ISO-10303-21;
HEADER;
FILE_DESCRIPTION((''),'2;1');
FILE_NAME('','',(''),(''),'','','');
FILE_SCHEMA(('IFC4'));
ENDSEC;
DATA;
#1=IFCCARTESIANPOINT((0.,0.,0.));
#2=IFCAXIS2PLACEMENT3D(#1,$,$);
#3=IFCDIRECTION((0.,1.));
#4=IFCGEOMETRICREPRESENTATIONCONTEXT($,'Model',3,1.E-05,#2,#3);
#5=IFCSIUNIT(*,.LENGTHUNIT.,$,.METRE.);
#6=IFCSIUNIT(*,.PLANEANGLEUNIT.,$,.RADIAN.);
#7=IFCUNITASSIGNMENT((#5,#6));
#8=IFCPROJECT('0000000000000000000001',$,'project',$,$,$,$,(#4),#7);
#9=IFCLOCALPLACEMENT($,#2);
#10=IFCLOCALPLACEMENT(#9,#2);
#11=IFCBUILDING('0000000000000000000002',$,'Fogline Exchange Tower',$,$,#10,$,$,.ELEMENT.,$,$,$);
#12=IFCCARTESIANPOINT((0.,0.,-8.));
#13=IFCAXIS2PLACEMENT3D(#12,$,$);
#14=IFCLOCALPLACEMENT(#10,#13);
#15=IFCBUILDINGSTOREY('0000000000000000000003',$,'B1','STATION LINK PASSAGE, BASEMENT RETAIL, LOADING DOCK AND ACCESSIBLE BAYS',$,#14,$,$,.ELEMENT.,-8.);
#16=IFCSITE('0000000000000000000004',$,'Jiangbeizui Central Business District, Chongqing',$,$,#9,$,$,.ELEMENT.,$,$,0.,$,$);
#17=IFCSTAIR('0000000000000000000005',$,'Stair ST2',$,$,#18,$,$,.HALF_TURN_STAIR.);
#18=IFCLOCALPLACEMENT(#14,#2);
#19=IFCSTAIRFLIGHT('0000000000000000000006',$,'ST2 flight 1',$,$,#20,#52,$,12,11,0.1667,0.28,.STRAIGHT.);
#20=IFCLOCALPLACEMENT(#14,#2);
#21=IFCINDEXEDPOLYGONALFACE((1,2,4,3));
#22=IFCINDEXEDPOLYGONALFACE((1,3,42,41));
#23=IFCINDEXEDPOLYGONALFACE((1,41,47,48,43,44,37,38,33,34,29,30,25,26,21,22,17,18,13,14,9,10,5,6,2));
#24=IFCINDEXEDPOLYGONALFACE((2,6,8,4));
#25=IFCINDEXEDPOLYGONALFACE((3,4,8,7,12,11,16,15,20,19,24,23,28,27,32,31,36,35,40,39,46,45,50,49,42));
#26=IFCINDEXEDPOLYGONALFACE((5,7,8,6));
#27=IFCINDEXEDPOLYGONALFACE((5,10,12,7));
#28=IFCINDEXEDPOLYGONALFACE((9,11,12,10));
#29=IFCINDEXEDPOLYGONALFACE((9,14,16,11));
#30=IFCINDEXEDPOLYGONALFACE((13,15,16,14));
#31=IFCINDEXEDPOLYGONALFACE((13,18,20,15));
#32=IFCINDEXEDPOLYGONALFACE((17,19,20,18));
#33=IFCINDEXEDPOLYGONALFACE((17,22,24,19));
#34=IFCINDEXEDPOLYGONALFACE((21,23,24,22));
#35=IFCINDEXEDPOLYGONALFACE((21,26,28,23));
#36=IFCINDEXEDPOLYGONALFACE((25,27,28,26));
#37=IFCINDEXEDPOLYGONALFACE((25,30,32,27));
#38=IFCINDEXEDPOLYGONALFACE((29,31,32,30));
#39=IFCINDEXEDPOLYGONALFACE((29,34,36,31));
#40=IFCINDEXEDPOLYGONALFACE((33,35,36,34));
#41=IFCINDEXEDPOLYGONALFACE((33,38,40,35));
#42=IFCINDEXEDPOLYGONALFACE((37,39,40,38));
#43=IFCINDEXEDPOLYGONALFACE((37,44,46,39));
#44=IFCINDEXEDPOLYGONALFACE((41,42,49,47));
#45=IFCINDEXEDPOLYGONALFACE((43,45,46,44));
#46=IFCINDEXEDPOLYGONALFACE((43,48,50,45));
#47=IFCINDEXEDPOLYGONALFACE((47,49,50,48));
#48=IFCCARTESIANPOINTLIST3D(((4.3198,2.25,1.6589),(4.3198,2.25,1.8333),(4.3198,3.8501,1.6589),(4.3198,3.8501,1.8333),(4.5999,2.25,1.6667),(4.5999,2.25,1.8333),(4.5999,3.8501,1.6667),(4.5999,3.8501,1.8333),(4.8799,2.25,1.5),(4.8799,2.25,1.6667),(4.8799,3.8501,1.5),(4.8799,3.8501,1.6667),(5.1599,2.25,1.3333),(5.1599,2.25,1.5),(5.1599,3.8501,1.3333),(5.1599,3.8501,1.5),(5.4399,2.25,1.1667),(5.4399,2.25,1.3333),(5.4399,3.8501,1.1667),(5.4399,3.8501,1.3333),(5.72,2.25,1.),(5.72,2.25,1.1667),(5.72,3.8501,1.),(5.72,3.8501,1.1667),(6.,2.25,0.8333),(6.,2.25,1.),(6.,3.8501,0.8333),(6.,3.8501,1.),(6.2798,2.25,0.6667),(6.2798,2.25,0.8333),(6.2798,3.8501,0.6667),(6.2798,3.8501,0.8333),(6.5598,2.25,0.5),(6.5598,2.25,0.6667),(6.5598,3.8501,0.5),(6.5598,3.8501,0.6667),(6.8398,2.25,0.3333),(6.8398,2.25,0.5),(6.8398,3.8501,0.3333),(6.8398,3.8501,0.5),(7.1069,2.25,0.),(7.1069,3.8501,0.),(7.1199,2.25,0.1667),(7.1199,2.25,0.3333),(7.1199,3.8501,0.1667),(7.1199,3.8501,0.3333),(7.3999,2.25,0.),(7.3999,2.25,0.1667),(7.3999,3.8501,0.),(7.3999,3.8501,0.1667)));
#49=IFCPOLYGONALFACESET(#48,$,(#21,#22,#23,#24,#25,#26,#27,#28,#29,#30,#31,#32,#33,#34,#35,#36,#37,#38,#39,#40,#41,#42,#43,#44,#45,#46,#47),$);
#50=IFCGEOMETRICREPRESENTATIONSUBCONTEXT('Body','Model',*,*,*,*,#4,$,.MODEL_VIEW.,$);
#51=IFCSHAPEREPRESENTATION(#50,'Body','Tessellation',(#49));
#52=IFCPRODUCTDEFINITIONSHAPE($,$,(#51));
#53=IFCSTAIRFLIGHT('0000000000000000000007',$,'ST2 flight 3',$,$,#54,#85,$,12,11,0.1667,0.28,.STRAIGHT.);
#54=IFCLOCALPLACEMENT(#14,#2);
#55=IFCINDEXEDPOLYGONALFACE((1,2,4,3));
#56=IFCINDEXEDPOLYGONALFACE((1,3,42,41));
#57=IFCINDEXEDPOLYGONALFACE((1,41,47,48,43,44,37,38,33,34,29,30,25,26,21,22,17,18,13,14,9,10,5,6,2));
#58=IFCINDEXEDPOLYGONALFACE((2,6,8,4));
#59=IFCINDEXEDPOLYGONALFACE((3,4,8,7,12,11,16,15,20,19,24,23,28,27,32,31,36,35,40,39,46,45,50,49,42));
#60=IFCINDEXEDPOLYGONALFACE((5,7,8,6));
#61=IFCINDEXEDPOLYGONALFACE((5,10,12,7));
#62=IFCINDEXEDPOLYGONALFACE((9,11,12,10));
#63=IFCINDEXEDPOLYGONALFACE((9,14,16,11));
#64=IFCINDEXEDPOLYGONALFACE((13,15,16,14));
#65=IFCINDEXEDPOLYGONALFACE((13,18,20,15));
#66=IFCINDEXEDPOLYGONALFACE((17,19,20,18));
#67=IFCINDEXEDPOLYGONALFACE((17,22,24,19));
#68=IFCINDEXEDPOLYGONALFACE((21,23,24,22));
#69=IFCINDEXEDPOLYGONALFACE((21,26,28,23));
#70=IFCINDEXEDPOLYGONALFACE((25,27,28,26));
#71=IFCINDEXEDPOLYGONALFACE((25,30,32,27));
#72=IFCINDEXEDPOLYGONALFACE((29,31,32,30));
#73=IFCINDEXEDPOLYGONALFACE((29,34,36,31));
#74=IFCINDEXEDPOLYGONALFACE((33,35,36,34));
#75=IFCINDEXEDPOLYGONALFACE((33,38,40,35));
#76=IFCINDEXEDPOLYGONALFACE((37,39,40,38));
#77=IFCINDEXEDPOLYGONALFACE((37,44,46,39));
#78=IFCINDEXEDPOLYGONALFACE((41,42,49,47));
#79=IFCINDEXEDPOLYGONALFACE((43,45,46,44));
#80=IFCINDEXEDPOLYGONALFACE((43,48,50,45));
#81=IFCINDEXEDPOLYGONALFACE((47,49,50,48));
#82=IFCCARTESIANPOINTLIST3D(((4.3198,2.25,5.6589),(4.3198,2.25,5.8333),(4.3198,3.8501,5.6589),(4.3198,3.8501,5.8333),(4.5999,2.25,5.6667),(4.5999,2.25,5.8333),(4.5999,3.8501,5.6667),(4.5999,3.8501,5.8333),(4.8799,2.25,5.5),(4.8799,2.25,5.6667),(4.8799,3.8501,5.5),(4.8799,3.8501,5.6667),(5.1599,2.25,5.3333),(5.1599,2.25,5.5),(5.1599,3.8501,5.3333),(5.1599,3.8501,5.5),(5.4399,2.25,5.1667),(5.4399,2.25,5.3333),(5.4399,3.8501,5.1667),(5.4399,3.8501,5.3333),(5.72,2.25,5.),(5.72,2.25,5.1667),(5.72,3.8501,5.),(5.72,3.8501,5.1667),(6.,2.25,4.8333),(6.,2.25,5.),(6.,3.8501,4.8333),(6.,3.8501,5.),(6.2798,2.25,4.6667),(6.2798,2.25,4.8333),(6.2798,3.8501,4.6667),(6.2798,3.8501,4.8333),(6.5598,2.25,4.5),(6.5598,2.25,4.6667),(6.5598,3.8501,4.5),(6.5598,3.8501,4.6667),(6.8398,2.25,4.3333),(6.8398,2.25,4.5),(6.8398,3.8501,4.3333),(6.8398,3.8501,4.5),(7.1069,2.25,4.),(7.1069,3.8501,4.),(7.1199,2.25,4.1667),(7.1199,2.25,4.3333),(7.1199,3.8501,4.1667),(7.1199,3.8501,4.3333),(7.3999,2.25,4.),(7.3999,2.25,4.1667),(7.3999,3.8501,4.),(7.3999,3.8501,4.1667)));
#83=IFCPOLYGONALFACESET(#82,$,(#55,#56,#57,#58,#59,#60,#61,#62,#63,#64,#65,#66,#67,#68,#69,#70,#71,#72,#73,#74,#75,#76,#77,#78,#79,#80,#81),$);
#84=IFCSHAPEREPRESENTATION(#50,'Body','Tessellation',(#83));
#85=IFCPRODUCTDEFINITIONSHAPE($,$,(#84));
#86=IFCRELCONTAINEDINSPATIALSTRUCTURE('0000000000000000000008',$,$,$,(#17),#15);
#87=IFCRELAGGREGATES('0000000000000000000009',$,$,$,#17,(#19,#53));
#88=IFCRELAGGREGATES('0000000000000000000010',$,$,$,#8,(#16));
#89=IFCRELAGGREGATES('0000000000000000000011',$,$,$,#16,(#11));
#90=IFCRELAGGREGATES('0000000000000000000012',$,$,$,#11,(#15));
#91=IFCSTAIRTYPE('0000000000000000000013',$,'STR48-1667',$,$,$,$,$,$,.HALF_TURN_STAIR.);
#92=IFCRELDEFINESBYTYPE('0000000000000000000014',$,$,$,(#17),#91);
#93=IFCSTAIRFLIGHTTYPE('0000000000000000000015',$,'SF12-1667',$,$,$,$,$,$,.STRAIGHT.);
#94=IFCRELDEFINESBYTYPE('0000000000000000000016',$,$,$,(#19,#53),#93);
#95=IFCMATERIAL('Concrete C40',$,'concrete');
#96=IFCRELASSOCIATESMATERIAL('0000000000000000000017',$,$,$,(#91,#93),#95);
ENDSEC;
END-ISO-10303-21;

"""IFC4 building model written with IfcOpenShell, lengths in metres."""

from ifc_helpers import new_model, si_unit, direction, frame, origin, place, context, subcontext, project, spatial, polyline, outline, extrude, material, type_object, element, aggregate, save


model = new_model("IFC4")

# Units and contexts
model_context = context("Model", 3, precision=1e-05, world=origin(), true_north=direction((0.0, 1.0)))
body_context = subcontext(model_context, "Body", "Model", "MODEL_VIEW")
ifc_project = project(units=[si_unit("LENGTHUNIT", "METRE"), si_unit("PLANEANGLEUNIT", "RADIAN")], contexts=[model_context])

# Site, building, storey
site_placement = place(None, origin())
site = spatial("IfcSite", under=ifc_project, at=site_placement, Name="Jiangbeizui Central Business District, Chongqing", CompositionType="ELEMENT", RefElevation=0.0)
building_placement = place(site_placement, origin())
building = spatial("IfcBuilding", under=site, at=building_placement, Name="Fogline Exchange Tower", CompositionType="ELEMENT")
storey_placement = place(building_placement, frame((0.0, 0.0, -8.0)))
storey = spatial("IfcBuildingStorey", under=building, at=storey_placement, Name="B1", Description="STATION LINK PASSAGE, BASEMENT RETAIL, LOADING DOCK AND ACCESSIBLE BAYS", CompositionType="ELEMENT", Elevation=-8.0)

# Shared definitions
ifc_material = material(Name="Concrete C40", Category="concrete")

# Stair, stair flights
stair_type_1 = type_object("IfcStairType", Name="STR48-1667", PredefinedType="HALF_TURN_STAIR", material=ifc_material)
stair_1_placement = place(storey_placement, origin())
stair_1 = element("IfcStair", 1, at=stair_1_placement, inside=storey, type_object=stair_type_1, Name="Stair ST2", PredefinedType="HALF_TURN_STAIR")
stair_flight_type = type_object("IfcStairFlightType", Name="SF12-1667", PredefinedType="STRAIGHT", material=ifc_material)
stair_flight_1_placement = place(storey_placement, frame((7.3999, 3.05, 0.0), z_axis=(0.0, 0.0, 1.0), x_axis=(-1.0, 0.0, 0.0)))
stair_flight_1 = element("IfcStairFlight", 2, at=stair_flight_1_placement, type_object=stair_flight_type, Name="ST2 flight 1", NumberOfRisers=12, NumberOfTreads=11, PredefinedType="STRAIGHT", RiserHeight=0.1667, TreadLength=0.28, context=body_context, shape_type="SweptSolid", body=[
    extrude(outline(polyline([(0.0, 0.0), (0.0, 0.1667), (0.28, 0.1667), (0.28, 0.3333), (0.5601, 0.3333), (0.5601, 0.5), (0.8401, 0.5), (0.8401, 0.6667), (1.1201, 0.6667), (1.1201, 0.8333), (1.3999, 0.8333), (1.3999, 1.0), (1.6799, 1.0), (1.6799, 1.1667), (1.96, 1.1667), (1.96, 1.3333), (2.24, 1.3333), (2.24, 1.5), (2.52, 1.5), (2.52, 1.6667), (2.8, 1.6667), (2.8, 1.8333), (3.0801, 1.8333), (3.0801, 2.0), (3.0801, 1.6589), (0.293, 0.0), (0.0, 0.0)])), frame((0.0, 0.8, 0.0), z_axis=(0.0, -1.0, 0.0), x_axis=(1.0, 0.0, 0.0)), (0.0, 0.0, 1.0), 1.6001),
])
stair_flight_2_placement = place(storey_placement, frame((7.3999, 3.05, 4.0), z_axis=(0.0, 0.0, 1.0), x_axis=(-1.0, 0.0, 0.0)))
stair_flight_2 = element("IfcStairFlight", 3, at=stair_flight_2_placement, type_object=stair_flight_type, Name="ST2 flight 3", NumberOfRisers=12, NumberOfTreads=11, PredefinedType="STRAIGHT", RiserHeight=0.1667, TreadLength=0.28, context=body_context, shape_type="SweptSolid", body=[
    extrude(outline(polyline([(0.0, 0.0), (0.0, 0.1667), (0.28, 0.1667), (0.28, 0.3333), (0.5601, 0.3333), (0.5601, 0.5), (0.8401, 0.5), (0.8401, 0.6667), (1.1201, 0.6667), (1.1201, 0.8333), (1.3999, 0.8333), (1.3999, 1.0), (1.6799, 1.0), (1.6799, 1.1667), (1.96, 1.1667), (1.96, 1.3333), (2.24, 1.3333), (2.24, 1.5), (2.52, 1.5), (2.52, 1.6667), (2.8, 1.6667), (2.8, 1.8333), (3.0801, 1.8333), (3.0801, 2.0), (3.0801, 1.6589), (0.293, 0.0), (0.0, 0.0)])), frame((0.0, 0.8, 0.0), z_axis=(0.0, -1.0, 0.0), x_axis=(1.0, 0.0, 0.0)), (0.0, 0.0, 1.0), 1.6001),
])
aggregate(stair_1, [stair_flight_1, stair_flight_2])

save(model, "model.ifc")
